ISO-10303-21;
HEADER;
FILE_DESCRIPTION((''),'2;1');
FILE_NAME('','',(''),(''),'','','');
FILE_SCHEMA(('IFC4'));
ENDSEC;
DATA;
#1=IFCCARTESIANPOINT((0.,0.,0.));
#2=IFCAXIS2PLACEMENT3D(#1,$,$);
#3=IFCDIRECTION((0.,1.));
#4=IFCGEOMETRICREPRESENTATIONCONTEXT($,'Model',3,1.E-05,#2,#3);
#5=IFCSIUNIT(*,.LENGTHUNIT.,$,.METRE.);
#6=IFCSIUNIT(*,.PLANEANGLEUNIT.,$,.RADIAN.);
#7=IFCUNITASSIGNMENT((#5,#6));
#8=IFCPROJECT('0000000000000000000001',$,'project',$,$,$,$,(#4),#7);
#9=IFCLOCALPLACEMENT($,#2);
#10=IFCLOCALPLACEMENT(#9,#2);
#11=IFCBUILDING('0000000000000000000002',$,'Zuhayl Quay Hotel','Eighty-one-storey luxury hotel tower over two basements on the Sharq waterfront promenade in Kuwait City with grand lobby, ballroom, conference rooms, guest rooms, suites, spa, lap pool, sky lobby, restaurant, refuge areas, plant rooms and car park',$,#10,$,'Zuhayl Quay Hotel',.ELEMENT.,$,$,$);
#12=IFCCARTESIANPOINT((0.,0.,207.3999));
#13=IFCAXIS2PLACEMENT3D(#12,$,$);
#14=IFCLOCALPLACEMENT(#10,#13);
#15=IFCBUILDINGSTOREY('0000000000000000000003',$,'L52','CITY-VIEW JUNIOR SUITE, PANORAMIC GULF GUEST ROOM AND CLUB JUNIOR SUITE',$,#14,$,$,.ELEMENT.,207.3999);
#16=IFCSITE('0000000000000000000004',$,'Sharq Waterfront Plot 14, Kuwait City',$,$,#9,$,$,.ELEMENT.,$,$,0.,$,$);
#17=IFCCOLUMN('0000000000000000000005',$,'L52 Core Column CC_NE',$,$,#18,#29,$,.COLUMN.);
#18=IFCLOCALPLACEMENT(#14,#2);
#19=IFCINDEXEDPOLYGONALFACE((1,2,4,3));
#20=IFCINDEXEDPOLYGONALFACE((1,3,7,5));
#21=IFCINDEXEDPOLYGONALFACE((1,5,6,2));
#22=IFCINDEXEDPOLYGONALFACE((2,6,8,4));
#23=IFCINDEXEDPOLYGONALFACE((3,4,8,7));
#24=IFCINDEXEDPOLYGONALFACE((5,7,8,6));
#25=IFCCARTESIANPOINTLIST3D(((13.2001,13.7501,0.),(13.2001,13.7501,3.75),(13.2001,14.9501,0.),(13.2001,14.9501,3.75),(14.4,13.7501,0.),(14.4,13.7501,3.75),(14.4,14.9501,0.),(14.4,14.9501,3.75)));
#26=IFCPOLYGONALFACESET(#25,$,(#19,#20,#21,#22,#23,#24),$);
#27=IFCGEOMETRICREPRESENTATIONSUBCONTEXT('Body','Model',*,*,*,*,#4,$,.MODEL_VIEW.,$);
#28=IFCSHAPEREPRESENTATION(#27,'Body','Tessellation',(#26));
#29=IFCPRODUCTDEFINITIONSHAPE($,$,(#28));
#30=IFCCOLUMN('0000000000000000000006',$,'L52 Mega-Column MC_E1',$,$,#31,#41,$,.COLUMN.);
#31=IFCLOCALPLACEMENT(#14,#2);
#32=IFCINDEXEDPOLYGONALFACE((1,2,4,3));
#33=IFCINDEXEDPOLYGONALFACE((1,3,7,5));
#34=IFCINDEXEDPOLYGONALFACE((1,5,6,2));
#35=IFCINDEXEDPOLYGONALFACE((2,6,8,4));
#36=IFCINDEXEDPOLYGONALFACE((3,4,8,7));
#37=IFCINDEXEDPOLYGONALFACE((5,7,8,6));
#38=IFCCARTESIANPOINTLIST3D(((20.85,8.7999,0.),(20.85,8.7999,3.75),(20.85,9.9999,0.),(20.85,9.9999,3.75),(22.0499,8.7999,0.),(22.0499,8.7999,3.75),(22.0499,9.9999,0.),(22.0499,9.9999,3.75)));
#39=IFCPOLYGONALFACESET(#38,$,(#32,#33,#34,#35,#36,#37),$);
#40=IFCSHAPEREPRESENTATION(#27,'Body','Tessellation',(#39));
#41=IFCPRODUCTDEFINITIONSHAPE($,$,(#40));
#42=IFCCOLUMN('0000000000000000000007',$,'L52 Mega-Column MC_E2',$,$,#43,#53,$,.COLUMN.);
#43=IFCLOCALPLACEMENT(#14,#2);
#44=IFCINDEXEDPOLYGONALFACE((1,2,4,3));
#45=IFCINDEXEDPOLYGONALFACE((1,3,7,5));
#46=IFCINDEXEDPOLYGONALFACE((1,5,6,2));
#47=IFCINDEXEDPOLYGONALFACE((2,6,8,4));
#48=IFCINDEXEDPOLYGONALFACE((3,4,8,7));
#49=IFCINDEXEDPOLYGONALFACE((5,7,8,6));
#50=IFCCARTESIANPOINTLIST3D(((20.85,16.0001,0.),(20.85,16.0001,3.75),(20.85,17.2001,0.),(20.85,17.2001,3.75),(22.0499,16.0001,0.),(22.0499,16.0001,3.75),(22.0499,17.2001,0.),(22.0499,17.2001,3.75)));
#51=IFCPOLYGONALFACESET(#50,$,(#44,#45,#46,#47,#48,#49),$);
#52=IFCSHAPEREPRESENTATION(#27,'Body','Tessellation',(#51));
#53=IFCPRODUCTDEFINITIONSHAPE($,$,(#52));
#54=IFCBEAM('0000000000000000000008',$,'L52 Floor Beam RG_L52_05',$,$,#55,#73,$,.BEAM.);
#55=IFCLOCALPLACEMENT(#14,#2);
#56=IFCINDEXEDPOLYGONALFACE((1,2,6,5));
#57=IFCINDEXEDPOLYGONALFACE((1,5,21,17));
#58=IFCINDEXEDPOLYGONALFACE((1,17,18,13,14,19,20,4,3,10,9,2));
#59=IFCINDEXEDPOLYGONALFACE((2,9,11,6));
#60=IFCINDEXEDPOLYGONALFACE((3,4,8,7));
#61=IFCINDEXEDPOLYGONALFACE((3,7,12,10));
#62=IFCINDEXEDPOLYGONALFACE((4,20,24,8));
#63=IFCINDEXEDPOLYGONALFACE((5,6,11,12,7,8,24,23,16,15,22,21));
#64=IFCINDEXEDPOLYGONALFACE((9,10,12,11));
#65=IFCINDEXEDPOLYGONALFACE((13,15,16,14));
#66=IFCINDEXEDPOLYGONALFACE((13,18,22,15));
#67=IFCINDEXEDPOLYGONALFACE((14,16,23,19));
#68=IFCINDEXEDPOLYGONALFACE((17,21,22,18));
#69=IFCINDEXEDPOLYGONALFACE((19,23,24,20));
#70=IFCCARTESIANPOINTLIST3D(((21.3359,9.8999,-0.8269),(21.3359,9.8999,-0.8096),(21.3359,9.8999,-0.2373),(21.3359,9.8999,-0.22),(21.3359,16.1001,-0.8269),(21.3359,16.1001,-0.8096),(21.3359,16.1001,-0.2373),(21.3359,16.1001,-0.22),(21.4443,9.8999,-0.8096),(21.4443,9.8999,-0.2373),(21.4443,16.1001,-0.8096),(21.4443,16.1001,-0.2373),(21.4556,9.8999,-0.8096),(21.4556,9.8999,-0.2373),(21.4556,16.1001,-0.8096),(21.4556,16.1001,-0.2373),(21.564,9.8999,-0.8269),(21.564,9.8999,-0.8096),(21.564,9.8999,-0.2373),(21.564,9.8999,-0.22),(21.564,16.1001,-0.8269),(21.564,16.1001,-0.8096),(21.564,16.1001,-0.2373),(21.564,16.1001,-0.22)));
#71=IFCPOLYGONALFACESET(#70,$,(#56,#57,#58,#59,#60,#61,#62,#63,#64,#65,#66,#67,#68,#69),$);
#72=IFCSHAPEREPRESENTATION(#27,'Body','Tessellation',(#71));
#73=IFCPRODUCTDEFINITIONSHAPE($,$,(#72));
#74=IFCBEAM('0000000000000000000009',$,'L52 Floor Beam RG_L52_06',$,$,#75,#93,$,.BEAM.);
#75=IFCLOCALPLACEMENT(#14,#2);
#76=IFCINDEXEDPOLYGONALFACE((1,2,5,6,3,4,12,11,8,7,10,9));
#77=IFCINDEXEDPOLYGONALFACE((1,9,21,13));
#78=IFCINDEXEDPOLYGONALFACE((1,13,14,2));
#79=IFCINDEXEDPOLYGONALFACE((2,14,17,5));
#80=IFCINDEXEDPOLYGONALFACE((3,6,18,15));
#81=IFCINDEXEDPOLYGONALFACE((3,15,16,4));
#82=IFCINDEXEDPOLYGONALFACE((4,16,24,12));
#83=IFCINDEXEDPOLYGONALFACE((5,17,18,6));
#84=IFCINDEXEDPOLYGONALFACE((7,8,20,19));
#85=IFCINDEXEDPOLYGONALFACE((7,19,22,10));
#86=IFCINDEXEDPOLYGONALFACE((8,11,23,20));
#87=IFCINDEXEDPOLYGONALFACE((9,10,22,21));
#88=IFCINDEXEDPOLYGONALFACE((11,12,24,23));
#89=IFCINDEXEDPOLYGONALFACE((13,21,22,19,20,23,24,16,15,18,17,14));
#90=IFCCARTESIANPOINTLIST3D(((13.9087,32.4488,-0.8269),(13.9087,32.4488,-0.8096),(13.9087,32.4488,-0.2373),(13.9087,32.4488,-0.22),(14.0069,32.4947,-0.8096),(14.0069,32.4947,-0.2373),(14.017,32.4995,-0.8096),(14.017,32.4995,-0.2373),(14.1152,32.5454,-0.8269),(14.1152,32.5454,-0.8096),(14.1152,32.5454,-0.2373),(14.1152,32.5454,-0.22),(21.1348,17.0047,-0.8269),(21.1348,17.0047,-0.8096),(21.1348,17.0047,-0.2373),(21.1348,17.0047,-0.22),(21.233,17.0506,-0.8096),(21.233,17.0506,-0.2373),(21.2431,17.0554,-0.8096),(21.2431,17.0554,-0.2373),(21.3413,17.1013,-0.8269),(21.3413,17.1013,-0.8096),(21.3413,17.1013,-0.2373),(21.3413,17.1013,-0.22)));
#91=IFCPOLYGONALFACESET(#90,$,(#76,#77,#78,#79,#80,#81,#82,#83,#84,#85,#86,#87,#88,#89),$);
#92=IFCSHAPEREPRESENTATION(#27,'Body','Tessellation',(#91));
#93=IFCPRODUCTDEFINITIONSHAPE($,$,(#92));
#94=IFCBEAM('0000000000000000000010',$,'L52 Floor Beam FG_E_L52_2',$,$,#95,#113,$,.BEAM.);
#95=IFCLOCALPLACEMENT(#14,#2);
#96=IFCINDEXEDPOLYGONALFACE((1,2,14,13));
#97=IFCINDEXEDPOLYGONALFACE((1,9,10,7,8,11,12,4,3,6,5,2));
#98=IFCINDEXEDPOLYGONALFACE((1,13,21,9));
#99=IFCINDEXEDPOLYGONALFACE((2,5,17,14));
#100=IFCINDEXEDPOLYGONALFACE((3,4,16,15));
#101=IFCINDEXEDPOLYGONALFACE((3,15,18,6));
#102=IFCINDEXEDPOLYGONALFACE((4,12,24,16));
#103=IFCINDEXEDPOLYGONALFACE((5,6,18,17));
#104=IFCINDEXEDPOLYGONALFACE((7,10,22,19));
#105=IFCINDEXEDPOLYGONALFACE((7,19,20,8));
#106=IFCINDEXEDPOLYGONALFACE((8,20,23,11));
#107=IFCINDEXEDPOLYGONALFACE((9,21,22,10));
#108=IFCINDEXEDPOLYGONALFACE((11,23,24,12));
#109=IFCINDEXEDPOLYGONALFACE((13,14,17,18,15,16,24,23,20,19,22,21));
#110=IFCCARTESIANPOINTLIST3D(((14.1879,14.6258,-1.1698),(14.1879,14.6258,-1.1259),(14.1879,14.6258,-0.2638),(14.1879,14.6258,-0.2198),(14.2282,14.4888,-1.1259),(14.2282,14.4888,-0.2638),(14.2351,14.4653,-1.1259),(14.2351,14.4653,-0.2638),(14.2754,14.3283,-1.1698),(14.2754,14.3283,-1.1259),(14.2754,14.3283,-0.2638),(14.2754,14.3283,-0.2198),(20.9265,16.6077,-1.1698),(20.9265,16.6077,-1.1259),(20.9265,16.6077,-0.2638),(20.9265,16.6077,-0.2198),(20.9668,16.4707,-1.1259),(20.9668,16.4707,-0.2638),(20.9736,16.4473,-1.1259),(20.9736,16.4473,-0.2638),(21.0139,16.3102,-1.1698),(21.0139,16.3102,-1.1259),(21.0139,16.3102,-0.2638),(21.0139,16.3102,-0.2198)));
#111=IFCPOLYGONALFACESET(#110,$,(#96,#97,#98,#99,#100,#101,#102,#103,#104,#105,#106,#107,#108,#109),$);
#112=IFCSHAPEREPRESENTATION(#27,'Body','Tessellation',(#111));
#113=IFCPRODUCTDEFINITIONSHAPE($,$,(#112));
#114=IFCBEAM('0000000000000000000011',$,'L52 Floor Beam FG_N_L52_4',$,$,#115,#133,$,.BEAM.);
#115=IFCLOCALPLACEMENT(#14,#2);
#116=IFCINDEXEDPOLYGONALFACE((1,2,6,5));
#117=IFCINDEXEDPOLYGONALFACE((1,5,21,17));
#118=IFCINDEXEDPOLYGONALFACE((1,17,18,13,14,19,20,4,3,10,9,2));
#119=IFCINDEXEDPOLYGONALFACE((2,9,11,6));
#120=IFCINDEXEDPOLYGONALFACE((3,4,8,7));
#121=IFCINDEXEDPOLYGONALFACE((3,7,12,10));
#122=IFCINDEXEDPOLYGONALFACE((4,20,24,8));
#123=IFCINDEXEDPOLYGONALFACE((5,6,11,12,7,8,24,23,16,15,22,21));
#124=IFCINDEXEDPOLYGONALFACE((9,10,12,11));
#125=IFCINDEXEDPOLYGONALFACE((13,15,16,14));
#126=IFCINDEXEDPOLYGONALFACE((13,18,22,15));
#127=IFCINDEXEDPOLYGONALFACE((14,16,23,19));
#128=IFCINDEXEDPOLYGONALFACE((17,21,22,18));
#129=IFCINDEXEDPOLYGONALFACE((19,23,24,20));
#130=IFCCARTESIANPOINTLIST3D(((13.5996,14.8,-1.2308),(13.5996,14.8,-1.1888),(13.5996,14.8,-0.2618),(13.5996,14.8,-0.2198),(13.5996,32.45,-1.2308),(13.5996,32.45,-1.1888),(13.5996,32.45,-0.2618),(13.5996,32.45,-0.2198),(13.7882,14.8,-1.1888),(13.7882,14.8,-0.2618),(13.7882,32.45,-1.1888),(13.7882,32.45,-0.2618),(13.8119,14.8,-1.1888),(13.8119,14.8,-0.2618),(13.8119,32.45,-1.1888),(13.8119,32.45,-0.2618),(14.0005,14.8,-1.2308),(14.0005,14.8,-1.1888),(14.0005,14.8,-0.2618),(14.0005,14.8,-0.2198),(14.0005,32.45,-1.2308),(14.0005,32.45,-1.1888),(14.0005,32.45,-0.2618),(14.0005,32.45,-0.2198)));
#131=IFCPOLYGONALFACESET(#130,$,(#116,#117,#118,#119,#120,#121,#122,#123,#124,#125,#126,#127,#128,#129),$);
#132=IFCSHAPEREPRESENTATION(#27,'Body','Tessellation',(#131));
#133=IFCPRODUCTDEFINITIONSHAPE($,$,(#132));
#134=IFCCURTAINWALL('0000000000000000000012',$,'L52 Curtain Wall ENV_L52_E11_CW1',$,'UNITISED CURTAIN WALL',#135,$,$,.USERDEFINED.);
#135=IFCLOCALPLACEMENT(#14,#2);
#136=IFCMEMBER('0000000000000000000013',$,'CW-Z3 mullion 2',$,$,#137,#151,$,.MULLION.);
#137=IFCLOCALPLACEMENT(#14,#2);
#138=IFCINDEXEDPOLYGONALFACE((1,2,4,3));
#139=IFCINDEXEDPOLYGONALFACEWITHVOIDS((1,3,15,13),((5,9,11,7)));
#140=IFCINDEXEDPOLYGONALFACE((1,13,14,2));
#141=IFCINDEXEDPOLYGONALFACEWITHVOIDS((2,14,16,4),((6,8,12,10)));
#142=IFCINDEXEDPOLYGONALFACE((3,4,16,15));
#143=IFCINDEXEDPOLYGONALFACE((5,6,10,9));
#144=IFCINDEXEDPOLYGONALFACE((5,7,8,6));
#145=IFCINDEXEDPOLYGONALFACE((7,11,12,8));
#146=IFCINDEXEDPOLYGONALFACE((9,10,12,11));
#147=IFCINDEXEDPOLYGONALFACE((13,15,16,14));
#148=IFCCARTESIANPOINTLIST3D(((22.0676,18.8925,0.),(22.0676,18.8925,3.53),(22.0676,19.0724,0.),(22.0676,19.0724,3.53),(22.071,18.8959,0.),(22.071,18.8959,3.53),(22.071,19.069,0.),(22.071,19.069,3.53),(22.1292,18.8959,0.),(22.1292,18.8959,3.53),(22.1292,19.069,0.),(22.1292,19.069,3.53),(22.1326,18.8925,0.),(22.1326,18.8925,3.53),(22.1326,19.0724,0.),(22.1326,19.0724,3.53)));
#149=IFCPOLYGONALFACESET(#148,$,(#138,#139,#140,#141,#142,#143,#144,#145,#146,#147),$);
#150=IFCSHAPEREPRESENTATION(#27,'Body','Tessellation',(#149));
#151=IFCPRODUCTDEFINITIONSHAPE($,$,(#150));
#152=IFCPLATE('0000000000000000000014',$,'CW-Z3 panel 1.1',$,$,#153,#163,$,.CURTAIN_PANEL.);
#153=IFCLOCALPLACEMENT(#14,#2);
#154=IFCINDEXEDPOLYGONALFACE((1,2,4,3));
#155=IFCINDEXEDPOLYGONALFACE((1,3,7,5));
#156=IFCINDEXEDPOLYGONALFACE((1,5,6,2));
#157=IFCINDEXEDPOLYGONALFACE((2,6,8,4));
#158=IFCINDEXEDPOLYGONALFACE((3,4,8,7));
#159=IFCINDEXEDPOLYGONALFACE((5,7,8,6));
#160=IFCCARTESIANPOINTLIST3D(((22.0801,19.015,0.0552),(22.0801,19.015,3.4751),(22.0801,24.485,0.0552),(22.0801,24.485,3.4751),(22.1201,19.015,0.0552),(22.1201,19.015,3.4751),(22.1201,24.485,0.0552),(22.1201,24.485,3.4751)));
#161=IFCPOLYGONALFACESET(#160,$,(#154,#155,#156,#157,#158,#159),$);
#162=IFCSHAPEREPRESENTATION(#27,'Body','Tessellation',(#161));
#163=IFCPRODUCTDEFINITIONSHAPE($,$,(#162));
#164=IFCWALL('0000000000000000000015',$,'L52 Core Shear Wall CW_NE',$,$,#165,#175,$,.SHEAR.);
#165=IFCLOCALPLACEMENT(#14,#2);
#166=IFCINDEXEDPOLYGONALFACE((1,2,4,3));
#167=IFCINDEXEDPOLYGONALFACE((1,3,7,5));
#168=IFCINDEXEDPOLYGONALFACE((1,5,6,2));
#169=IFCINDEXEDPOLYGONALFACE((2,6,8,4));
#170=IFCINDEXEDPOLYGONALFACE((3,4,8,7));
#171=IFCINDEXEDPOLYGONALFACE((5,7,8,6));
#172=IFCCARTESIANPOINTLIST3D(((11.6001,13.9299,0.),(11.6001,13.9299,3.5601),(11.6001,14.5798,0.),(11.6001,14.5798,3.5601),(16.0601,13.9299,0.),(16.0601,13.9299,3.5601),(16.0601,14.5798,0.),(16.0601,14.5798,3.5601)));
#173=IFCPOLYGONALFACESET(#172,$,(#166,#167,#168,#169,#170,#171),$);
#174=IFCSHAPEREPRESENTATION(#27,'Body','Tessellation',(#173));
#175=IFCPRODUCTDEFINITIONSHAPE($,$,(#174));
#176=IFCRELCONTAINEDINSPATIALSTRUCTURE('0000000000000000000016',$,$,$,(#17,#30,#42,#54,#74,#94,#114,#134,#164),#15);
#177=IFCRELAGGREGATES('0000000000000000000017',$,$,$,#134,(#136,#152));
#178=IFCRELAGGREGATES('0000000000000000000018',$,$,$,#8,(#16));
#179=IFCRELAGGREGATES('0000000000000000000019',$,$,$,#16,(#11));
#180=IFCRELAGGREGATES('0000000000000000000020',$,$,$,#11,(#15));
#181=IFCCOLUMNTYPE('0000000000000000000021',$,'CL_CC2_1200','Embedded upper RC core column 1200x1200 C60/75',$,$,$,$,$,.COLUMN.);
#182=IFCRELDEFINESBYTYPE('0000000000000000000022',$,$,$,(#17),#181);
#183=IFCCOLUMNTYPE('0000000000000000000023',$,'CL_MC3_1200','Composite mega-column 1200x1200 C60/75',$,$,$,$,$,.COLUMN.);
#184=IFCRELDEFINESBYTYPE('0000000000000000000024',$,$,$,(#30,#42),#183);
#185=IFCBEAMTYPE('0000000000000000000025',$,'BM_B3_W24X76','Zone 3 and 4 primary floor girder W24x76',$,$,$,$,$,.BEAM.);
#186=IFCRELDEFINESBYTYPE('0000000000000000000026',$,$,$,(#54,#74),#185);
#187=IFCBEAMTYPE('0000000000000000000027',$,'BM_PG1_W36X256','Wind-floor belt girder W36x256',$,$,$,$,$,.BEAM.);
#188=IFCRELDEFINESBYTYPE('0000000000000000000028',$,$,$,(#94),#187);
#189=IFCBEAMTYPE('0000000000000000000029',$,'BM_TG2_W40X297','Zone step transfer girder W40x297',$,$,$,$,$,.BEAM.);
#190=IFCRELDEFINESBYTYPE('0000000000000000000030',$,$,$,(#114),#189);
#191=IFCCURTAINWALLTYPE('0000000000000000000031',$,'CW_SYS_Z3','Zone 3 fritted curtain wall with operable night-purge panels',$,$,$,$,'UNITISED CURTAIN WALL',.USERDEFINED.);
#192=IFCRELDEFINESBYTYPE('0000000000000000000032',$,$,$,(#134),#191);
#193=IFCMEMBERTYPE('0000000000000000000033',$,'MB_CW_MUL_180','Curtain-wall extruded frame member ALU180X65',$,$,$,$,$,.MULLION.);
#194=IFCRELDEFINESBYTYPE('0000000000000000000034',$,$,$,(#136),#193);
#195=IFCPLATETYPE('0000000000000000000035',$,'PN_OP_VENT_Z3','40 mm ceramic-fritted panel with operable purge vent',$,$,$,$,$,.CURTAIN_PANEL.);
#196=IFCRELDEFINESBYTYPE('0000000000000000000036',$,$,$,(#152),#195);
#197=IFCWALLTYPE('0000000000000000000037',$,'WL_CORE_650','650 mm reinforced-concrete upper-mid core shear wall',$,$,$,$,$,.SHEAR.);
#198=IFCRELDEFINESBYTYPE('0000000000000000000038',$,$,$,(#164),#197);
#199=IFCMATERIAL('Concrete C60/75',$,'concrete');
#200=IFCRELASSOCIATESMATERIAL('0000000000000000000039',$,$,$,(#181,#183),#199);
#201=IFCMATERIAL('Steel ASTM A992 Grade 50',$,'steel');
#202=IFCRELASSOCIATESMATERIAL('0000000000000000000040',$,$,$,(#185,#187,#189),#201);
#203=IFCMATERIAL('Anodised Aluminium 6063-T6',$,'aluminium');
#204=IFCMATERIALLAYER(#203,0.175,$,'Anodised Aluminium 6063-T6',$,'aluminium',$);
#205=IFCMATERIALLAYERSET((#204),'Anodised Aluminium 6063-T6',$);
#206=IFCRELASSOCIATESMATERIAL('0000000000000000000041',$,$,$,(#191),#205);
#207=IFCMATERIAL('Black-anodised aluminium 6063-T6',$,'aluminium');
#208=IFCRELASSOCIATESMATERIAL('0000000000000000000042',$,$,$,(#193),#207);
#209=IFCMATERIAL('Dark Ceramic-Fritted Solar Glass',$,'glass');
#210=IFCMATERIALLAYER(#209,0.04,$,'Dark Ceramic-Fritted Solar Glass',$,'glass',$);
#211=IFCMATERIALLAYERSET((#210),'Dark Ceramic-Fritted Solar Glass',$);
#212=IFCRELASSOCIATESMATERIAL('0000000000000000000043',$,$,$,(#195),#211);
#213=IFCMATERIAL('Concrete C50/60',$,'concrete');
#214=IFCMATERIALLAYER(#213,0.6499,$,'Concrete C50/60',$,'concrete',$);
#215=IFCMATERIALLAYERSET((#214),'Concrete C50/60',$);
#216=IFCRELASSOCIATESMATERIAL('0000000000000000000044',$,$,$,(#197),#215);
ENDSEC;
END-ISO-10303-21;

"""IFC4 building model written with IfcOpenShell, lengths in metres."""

from ifc_helpers import new_model, si_unit, direction, frame, frame_2d, origin, origin_2d, place, context, subcontext, project, spatial, rectangle, hollow_rectangle, i_section, extrude, material, layer, layer_set, material_profile, profile_set, type_object, element, aggregate, save


model = new_model("IFC4")

# Units and contexts
model_context = context("Model", 3, precision=1e-05, world=origin(), true_north=direction((0.0, 1.0)))
body_context = subcontext(model_context, "Body", "Model", "MODEL_VIEW")
ifc_project = project(units=[si_unit("LENGTHUNIT", "METRE"), si_unit("PLANEANGLEUNIT", "RADIAN")], contexts=[model_context])

# Site, building, storey
site_placement = place(None, origin())
site = spatial("IfcSite", under=ifc_project, at=site_placement, Name="Sharq Waterfront Plot 14, Kuwait City", CompositionType="ELEMENT", RefElevation=0.0)
building_placement = place(site_placement, origin())
building = spatial("IfcBuilding", under=site, at=building_placement, Name="Zuhayl Quay Hotel", Description="Eighty-one-storey luxury hotel tower over two basements on the Sharq waterfront promenade in Kuwait City with grand lobby, ballroom, conference rooms, guest rooms, suites, spa, lap pool, sky lobby, restaurant, refuge areas, plant rooms and car park", LongName="Zuhayl Quay Hotel", CompositionType="ELEMENT")
storey_placement = place(building_placement, frame((0.0, 0.0, 207.3999)))
storey = spatial("IfcBuildingStorey", under=building, at=storey_placement, Name="L52", Description="CITY-VIEW JUNIOR SUITE, PANORAMIC GULF GUEST ROOM AND CLUB JUNIOR SUITE", CompositionType="ELEMENT", Elevation=207.3999)

# Columns
ifc_material_1 = material(Name="Concrete C60/75", Category="concrete")
ifc_material_profile_1 = material_profile(ifc_material_1, rectangle(XDim=1.2, YDim=1.2, at=origin_2d()), Name="RC1200X1200")
ifc_profile_set_1 = profile_set([ifc_material_profile_1], Name="Concrete C60/75")
column_type_1 = type_object("IfcColumnType", Name="CL_CC2_1200", Description="Embedded upper RC core column 1200x1200 C60/75", PredefinedType="COLUMN", material=ifc_profile_set_1)
column_placement = place(storey_placement, frame((13.8, 14.3501, 0.0), z_axis=(0.0, 0.0, 1.0), x_axis=(1.0, 0.0, 0.0)))
element("IfcColumn", 1, at=column_placement, inside=storey, type_object=column_type_1, Name="L52 Core Column CC_NE", PredefinedType="COLUMN", context=body_context, shape_type="SweptSolid", body=[
    extrude(rectangle(XDim=1.2, YDim=1.2, at=origin_2d()), origin(), (0.0, 0.0, 1.0), 3.75),
])
ifc_material_profile_2 = material_profile(ifc_material_1, rectangle(XDim=1.2, YDim=1.2, at=origin_2d()), Name="RC1200X1200")
ifc_profile_set_2 = profile_set([ifc_material_profile_2], Name="Concrete C60/75")
column_type_2 = type_object("IfcColumnType", Name="CL_MC3_1200", Description="Composite mega-column 1200x1200 C60/75", PredefinedType="COLUMN", material=ifc_profile_set_2)
for number, where, z_axis, x_axis, name in (
    (2, (21.45, 9.3999, 0.0), (0.0, 0.0, 1.0), (1.0, 0.0, 0.0), "L52 Mega-Column MC_E1"),
    (3, (21.45, 16.6001, 0.0), (0.0, 0.0, 1.0), (1.0, 0.0, 0.0), "L52 Mega-Column MC_E2"),
):
    element("IfcColumn", number, at=place(storey_placement, frame(where, z_axis=z_axis, x_axis=x_axis)), inside=storey, type_object=column_type_2, Name=name, PredefinedType="COLUMN", context=body_context, shape_type="SweptSolid", body=[
        extrude(rectangle(XDim=1.2, YDim=1.2, at=origin_2d()), origin(), (0.0, 0.0, 1.0), 3.75),
    ])

# Beams
ifc_material_2 = material(Name="Steel ASTM A992 Grade 50", Category="steel")
ifc_material_profile_3 = material_profile(ifc_material_2, i_section(OverallWidth=0.228, OverallDepth=0.6069, WebThickness=0.0112, FlangeThickness=0.0173, at=origin_2d()), Name="W24X76")
ifc_profile_set_3 = profile_set([ifc_material_profile_3], Name="Steel ASTM A992 Grade 50")
beam_type_1 = type_object("IfcBeamType", Name="BM_B3_W24X76", Description="Zone 3 and 4 primary floor girder W24x76", PredefinedType="BEAM", material=ifc_profile_set_3)
beam_1_placement = place(storey_placement, frame((21.45, 9.8999, -0.5234), z_axis=(0.0, 1.0, 0.0), x_axis=(-1.0, 0.0, 0.0)))
element("IfcBeam", 4, at=beam_1_placement, inside=storey, type_object=beam_type_1, Name="L52 Floor Beam RG_L52_05", PredefinedType="BEAM", context=body_context, shape_type="SweptSolid", body=[
    extrude(i_section(OverallWidth=0.228, OverallDepth=0.6069, WebThickness=0.0112, FlangeThickness=0.0173, at=origin_2d()), origin(), (0.0, 0.0, 1.0), 6.2002),
])
beam_2_placement = place(storey_placement, frame((21.238, 17.053, -0.5234), z_axis=(-0.423792, 0.905759, 0.0), x_axis=(-0.905759, -0.423792, 0.0)))
element("IfcBeam", 5, at=beam_2_placement, inside=storey, type_object=beam_type_1, Name="L52 Floor Beam RG_L52_06", PredefinedType="BEAM", context=body_context, shape_type="SweptSolid", body=[
    extrude(i_section(OverallWidth=0.228, OverallDepth=0.6069, WebThickness=0.0112, FlangeThickness=0.0173, at=origin_2d()), origin(), (0.0, 0.0, 1.0), 17.051),
])
ifc_material_profile_4 = material_profile(ifc_material_2, i_section(OverallWidth=0.3101, OverallDepth=0.95, WebThickness=0.0244, FlangeThickness=0.0439, at=origin_2d()), Name="W36X256")
ifc_profile_set_4 = profile_set([ifc_material_profile_4], Name="Steel ASTM A992 Grade 50")
beam_type_2 = type_object("IfcBeamType", Name="BM_PG1_W36X256", Description="Wind-floor belt girder W36x256", PredefinedType="BEAM", material=ifc_profile_set_4)
beam_3_placement = place(storey_placement, frame((14.2317, 14.4771, -0.6948), z_axis=(0.959365, 0.282168, 0.0), x_axis=(-0.282168, 0.959365, 0.0)))
element("IfcBeam", 6, at=beam_3_placement, inside=storey, type_object=beam_type_2, Name="L52 Floor Beam FG_E_L52_2", PredefinedType="BEAM", context=body_context, shape_type="SweptSolid", body=[
    extrude(i_section(OverallWidth=0.3101, OverallDepth=0.95, WebThickness=0.0244, FlangeThickness=0.0439, at=origin_2d()), origin(), (0.0, 0.0, 1.0), 7.0239),
])
ifc_material_profile_5 = material_profile(ifc_material_2, i_section(OverallWidth=0.4009, OverallDepth=1.011, WebThickness=0.0237, FlangeThickness=0.042, at=origin_2d()), Name="W40X297")
ifc_profile_set_5 = profile_set([ifc_material_profile_5], Name="Steel ASTM A992 Grade 50")
beam_type_3 = type_object("IfcBeamType", Name="BM_TG2_W40X297", Description="Zone step transfer girder W40x297", PredefinedType="BEAM", material=ifc_profile_set_5)
beam_4_placement = place(storey_placement, frame((13.8, 14.8, -0.7253), z_axis=(0.0, 1.0, 0.0), x_axis=(-1.0, 0.0, 0.0)))
element("IfcBeam", 7, at=beam_4_placement, inside=storey, type_object=beam_type_3, Name="L52 Floor Beam FG_N_L52_4", PredefinedType="BEAM", context=body_context, shape_type="SweptSolid", body=[
    extrude(i_section(OverallWidth=0.4009, OverallDepth=1.011, WebThickness=0.0237, FlangeThickness=0.042, at=origin_2d()), origin(), (0.0, 0.0, 1.0), 17.6499),
])

# Curtain wall, member, plate
ifc_material_3 = material(Name="Anodised Aluminium 6063-T6", Category="aluminium")
ifc_layer_1 = layer(ifc_material_3, 0.175, Name="Anodised Aluminium 6063-T6", Category="aluminium")
ifc_layer_set_1 = layer_set([ifc_layer_1], Name="Anodised Aluminium 6063-T6")
curtain_wall_type = type_object("IfcCurtainWallType", Name="CW_SYS_Z3", Description="Zone 3 fritted curtain wall with operable night-purge panels", ElementType="UNITISED CURTAIN WALL", PredefinedType="USERDEFINED", material=ifc_layer_set_1)
curtain_wall_placement = place(storey_placement, origin())
curtain_wall = element("IfcCurtainWall", 8, at=curtain_wall_placement, inside=storey, type_object=curtain_wall_type, Name="L52 Curtain Wall ENV_L52_E11_CW1", ObjectType="UNITISED CURTAIN WALL", PredefinedType="USERDEFINED")
ifc_material_4 = material(Name="Black-anodised aluminium 6063-T6", Category="aluminium")
ifc_material_profile_6 = material_profile(ifc_material_4, hollow_rectangle(XDim=0.0649, YDim=0.1799, WallThickness=0.0034, at=origin_2d()), Name="ALU180X65")
ifc_profile_set_6 = profile_set([ifc_material_profile_6], Name="Black-anodised aluminium 6063-T6")
member_type = type_object("IfcMemberType", Name="MB_CW_MUL_180", Description="Curtain-wall extruded frame member ALU180X65", PredefinedType="MULLION", material=ifc_profile_set_6)
member_placement = place(storey_placement, frame((22.1001, 18.9824, 0.0), z_axis=(0.0, 0.0, 1.0), x_axis=(1.0, 0.0, 0.0)))
member = element("IfcMember", 9, at=member_placement, type_object=member_type, Name="CW-Z3 mullion 2", PredefinedType="MULLION", context=body_context, shape_type="SweptSolid", body=[
    extrude(hollow_rectangle(XDim=0.0649, YDim=0.1799, WallThickness=0.0034, at=origin_2d()), origin(), (0.0, 0.0, 1.0), 3.53),
])
ifc_material_5 = material(Name="Dark Ceramic-Fritted Solar Glass", Category="glass")
ifc_layer_2 = layer(ifc_material_5, 0.04, Name="Dark Ceramic-Fritted Solar Glass", Category="glass")
ifc_layer_set_2 = layer_set([ifc_layer_2], Name="Dark Ceramic-Fritted Solar Glass")
plate_type = type_object("IfcPlateType", Name="PN_OP_VENT_Z3", Description="40 mm ceramic-fritted panel with operable purge vent", PredefinedType="CURTAIN_PANEL", material=ifc_layer_set_2)
plate_placement = place(storey_placement, frame((22.1001, 21.75, 0.0552), z_axis=(0.0, 0.0, 1.0), x_axis=(0.0, -1.0, 0.0)))
plate = element("IfcPlate", 10, at=plate_placement, type_object=plate_type, Name="CW-Z3 panel 1.1", PredefinedType="CURTAIN_PANEL", context=body_context, shape_type="SweptSolid", body=[
    extrude(rectangle(XDim=5.47, YDim=0.04, at=origin_2d()), origin(), (0.0, 0.0, 1.0), 3.4199),
])
aggregate(curtain_wall, [member, plate])

# Wall
ifc_material_6 = material(Name="Concrete C50/60", Category="concrete")
ifc_layer_3 = layer(ifc_material_6, 0.6499, Name="Concrete C50/60", Category="concrete")
ifc_layer_set_3 = layer_set([ifc_layer_3], Name="Concrete C50/60")
wall_type_1 = type_object("IfcWallType", Name="WL_CORE_650", Description="650 mm reinforced-concrete upper-mid core shear wall", PredefinedType="SHEAR", material=ifc_layer_set_3)
wall_1_placement = place(storey_placement, frame((11.6001, 14.2549, 0.0), z_axis=(0.0, 0.0, 1.0), x_axis=(1.0, 0.0, 0.0)))
element("IfcWall", 11, at=wall_1_placement, inside=storey, type_object=wall_type_1, Name="L52 Core Shear Wall CW_NE", PredefinedType="SHEAR", context=body_context, shape_type="SweptSolid", body=[
    extrude(rectangle(XDim=4.46, YDim=0.6499, at=frame_2d((2.23, 0.0))), origin(), (0.0, 0.0, 1.0), 3.5601),
])

save(model, "model.ifc")
